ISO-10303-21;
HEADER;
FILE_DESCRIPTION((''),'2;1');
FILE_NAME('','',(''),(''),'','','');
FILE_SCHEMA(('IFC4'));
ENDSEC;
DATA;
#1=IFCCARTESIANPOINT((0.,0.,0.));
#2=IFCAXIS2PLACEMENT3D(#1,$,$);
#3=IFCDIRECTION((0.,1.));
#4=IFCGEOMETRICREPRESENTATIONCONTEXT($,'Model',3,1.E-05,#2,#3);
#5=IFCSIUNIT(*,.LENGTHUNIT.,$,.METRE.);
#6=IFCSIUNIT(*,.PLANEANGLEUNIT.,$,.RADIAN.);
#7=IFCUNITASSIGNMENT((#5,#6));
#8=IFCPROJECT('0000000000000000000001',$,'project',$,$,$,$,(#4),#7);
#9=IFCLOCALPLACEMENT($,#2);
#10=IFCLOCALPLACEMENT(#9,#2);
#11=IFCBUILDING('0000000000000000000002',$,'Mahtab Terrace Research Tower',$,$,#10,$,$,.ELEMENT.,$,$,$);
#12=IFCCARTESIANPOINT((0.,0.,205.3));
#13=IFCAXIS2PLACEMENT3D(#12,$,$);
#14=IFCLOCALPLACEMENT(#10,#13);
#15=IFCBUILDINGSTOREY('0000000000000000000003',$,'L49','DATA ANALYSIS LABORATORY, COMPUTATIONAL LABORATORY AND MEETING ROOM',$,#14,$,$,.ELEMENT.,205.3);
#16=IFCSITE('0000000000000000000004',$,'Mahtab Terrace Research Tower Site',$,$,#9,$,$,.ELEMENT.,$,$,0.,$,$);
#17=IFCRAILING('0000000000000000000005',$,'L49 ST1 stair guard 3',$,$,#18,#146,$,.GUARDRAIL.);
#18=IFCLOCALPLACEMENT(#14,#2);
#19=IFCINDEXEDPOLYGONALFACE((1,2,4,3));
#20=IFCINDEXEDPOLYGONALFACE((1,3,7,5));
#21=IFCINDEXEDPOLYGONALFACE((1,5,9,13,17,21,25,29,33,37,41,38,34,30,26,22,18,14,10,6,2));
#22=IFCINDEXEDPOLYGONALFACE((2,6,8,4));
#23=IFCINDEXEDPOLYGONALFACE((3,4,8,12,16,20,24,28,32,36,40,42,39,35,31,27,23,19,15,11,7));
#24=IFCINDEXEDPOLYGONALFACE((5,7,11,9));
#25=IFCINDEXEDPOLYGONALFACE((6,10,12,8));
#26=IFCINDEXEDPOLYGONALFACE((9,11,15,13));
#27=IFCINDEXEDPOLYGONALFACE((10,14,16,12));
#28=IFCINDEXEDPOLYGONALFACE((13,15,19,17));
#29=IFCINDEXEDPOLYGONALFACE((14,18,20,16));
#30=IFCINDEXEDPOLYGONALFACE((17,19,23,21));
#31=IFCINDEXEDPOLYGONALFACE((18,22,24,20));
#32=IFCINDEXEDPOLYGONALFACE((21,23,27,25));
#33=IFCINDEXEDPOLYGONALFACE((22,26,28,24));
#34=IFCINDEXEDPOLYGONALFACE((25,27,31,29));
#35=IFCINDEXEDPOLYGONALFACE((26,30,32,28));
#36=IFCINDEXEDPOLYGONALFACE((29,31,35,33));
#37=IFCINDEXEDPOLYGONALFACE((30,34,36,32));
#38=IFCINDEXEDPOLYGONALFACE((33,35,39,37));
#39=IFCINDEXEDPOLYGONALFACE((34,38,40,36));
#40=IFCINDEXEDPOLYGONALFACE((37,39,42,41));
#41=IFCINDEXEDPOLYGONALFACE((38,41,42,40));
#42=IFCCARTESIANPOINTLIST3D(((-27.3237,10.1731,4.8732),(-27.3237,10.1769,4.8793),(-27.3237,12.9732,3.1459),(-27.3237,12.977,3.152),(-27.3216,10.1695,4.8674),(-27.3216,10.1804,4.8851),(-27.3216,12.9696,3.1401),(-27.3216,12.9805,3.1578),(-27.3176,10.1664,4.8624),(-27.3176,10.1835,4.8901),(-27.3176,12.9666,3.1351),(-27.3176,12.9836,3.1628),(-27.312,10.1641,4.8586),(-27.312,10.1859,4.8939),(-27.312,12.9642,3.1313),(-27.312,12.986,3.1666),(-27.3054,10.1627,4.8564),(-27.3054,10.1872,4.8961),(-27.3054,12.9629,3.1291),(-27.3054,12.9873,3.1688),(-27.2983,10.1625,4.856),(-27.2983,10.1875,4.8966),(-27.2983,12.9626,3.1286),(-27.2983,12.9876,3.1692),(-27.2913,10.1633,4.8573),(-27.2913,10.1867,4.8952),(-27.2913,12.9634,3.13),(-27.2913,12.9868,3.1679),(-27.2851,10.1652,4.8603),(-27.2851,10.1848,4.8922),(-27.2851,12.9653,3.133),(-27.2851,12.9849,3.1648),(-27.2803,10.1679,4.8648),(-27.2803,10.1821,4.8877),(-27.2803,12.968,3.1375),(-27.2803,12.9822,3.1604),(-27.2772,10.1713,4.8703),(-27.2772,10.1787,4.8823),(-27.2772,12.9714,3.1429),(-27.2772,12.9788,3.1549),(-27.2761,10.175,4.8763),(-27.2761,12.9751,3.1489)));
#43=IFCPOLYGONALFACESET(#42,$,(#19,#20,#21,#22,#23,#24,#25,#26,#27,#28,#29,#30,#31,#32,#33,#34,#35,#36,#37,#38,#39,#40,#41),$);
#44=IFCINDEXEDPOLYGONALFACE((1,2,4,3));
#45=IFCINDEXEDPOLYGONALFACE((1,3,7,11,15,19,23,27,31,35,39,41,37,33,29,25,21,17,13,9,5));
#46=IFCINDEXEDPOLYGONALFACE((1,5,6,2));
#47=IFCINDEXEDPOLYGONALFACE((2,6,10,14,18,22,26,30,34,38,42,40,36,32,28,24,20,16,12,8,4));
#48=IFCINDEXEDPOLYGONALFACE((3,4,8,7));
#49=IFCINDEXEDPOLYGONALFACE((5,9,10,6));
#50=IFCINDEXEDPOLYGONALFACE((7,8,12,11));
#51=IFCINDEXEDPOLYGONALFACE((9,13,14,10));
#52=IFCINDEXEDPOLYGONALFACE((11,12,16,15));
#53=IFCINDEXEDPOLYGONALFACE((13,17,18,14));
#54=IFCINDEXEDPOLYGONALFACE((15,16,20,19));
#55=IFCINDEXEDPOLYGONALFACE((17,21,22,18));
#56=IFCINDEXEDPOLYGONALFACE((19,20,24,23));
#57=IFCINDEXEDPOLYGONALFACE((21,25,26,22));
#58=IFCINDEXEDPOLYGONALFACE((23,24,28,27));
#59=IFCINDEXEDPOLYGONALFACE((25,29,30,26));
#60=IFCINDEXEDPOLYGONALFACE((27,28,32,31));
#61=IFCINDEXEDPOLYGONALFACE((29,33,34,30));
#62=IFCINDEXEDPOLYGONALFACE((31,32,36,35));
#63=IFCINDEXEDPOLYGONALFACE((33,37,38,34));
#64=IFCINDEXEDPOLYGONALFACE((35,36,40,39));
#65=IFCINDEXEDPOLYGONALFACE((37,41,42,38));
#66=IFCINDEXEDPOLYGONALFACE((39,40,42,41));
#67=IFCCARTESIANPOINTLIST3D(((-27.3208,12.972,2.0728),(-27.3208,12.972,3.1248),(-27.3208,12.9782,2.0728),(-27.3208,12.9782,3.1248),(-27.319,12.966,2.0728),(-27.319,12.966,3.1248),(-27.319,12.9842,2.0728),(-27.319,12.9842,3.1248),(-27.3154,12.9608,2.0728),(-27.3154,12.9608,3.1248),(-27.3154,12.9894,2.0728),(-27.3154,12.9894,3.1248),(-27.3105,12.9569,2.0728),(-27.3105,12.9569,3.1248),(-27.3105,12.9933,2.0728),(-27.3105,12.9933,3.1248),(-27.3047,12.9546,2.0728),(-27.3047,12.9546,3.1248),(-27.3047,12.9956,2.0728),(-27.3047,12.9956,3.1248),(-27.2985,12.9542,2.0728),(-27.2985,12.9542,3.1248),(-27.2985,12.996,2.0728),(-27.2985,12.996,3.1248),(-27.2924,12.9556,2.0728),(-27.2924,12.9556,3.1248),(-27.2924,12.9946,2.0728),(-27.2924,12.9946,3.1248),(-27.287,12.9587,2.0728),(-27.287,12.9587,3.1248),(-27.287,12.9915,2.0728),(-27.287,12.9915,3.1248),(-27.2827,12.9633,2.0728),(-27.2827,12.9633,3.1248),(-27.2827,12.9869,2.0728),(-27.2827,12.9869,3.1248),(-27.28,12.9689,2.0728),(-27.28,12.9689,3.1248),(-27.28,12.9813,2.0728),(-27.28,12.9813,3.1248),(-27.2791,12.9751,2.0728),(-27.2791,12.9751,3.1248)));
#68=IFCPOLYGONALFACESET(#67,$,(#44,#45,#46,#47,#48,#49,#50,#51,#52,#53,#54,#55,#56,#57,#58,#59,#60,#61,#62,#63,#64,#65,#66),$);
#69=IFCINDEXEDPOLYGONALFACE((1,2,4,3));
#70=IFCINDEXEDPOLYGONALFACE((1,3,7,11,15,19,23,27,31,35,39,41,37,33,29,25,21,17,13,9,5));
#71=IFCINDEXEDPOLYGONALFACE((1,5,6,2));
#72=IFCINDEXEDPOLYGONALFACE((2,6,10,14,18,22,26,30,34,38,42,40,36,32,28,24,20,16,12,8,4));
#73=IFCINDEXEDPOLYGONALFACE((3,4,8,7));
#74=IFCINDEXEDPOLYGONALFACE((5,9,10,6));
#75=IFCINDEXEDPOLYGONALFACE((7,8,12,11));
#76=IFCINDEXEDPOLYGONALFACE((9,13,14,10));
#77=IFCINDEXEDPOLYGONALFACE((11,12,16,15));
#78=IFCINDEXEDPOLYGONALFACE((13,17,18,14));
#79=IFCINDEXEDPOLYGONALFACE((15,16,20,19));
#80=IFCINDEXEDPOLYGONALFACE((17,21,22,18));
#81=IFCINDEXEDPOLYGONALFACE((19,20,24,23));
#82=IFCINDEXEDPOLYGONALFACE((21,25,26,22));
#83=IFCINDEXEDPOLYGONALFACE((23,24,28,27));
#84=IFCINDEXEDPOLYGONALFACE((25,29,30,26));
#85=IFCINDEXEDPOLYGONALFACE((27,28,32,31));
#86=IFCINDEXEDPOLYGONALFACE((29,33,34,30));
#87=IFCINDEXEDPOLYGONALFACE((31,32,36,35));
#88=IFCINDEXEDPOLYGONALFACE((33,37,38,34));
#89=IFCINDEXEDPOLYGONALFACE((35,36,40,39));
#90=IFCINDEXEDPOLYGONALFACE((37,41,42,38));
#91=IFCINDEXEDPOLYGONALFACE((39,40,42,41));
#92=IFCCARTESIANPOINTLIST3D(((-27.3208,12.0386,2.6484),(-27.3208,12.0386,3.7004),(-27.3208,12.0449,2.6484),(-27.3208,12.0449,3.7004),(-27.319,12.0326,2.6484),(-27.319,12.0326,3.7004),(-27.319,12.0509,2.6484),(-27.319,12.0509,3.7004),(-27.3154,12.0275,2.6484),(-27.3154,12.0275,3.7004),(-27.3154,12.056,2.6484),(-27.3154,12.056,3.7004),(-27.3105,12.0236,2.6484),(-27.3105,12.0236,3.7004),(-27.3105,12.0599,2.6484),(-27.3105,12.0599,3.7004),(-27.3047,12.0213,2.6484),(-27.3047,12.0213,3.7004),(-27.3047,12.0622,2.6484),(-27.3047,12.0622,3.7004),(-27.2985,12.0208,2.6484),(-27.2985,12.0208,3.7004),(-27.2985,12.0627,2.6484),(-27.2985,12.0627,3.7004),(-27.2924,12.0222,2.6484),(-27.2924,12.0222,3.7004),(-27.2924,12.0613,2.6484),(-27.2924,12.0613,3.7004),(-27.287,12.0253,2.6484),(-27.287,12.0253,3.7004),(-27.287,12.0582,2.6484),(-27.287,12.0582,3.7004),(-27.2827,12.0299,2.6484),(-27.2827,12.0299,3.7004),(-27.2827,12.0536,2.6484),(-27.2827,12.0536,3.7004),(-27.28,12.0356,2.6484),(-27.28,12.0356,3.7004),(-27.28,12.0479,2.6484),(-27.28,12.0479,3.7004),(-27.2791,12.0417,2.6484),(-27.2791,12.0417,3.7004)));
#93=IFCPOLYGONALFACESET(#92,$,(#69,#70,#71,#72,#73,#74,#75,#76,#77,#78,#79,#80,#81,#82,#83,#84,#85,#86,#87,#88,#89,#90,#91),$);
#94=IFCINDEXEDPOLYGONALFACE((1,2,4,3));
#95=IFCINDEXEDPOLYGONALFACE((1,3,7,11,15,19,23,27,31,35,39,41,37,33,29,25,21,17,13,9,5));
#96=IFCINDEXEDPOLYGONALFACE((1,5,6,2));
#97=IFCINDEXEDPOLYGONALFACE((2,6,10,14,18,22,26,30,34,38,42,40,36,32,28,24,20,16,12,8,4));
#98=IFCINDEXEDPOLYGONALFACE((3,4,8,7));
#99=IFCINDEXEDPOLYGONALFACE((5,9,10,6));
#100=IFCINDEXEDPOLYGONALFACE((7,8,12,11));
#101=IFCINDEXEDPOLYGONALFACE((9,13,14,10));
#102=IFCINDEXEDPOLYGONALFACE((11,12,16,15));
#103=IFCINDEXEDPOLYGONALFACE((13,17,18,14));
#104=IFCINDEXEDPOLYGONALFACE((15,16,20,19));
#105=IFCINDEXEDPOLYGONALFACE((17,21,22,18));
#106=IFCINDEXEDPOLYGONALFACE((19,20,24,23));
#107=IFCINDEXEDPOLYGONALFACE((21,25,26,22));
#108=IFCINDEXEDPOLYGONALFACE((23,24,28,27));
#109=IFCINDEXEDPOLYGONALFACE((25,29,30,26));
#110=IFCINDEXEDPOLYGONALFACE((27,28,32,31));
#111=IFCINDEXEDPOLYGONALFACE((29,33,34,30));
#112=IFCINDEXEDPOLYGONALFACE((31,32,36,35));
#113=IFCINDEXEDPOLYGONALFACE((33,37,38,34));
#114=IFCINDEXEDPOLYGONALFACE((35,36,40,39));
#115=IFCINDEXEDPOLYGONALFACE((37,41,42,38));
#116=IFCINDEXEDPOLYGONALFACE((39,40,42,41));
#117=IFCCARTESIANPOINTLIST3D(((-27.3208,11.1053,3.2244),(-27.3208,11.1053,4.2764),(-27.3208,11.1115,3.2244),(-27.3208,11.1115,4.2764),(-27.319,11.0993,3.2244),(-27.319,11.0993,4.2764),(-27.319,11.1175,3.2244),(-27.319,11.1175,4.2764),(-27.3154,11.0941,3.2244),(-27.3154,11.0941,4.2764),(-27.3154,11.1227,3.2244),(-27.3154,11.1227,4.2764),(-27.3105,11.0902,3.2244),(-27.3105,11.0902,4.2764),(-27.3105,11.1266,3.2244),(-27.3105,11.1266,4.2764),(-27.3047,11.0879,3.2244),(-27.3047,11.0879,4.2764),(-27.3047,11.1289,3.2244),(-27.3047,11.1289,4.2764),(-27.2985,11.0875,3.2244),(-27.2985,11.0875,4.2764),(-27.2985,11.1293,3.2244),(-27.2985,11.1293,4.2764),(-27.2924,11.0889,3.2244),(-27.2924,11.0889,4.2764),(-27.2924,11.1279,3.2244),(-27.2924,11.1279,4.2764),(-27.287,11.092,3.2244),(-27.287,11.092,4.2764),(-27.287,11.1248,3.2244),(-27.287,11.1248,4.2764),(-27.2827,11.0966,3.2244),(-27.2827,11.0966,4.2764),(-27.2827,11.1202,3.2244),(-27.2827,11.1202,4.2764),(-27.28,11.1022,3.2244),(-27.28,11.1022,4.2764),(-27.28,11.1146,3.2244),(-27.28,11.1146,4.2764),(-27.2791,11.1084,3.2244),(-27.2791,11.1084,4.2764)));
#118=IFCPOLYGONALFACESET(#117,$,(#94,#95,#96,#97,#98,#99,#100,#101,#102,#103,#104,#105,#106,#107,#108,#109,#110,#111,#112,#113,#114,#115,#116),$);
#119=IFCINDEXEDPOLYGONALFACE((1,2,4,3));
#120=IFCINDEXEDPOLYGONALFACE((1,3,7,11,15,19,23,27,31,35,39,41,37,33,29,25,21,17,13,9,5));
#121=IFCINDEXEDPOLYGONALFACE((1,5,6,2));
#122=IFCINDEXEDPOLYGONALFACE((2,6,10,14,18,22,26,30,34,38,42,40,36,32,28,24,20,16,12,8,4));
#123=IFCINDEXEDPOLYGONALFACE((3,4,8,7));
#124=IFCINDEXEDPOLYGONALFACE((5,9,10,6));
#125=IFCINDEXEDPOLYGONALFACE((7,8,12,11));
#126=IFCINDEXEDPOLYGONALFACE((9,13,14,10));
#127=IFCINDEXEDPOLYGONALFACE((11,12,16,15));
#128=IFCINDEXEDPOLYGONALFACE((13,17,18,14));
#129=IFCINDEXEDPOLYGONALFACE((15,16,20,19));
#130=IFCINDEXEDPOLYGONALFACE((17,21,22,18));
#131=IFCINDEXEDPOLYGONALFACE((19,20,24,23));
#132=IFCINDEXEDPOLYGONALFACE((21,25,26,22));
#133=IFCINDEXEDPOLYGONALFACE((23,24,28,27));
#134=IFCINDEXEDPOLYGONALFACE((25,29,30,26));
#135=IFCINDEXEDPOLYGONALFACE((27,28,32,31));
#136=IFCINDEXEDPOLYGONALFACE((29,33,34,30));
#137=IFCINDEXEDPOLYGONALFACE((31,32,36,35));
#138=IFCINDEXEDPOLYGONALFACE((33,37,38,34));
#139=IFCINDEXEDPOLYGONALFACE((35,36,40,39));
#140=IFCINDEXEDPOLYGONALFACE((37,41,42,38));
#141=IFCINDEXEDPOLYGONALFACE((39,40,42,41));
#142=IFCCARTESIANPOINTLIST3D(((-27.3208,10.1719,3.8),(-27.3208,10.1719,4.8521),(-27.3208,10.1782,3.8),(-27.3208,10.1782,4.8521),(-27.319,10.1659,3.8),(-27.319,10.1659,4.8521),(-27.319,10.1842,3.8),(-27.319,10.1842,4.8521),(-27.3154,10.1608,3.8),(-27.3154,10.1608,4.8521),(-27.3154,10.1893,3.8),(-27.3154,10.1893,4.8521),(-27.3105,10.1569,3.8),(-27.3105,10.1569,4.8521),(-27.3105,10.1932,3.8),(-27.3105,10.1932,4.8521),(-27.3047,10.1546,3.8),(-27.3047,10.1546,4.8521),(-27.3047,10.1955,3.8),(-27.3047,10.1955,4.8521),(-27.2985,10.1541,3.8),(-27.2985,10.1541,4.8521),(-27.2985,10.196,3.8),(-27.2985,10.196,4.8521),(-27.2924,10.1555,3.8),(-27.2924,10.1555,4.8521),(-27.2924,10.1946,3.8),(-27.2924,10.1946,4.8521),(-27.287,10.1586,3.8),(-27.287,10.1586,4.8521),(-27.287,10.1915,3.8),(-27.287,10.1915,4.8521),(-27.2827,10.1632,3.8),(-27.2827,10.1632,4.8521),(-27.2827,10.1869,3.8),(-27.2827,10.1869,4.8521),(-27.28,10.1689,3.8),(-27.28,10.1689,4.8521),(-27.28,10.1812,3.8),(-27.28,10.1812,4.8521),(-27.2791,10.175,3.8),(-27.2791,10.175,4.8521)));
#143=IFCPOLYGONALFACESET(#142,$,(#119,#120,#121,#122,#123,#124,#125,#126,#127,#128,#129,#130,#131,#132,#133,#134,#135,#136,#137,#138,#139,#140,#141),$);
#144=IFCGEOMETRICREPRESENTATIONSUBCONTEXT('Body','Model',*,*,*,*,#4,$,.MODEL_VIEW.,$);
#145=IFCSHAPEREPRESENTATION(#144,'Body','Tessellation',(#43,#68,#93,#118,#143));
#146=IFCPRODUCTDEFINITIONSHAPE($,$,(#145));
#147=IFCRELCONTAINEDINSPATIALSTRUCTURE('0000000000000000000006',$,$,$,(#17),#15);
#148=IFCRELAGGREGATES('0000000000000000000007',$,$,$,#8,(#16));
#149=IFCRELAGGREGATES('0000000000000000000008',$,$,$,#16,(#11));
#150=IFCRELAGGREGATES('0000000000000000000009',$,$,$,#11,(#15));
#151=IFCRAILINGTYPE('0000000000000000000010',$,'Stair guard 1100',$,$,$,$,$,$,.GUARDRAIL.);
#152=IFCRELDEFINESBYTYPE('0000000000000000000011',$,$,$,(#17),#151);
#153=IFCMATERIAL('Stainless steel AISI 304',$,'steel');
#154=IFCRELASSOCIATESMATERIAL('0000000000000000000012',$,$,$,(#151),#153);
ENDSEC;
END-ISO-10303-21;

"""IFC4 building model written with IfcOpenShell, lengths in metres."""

from ifc_helpers import new_model, si_unit, direction, frame, origin, origin_2d, place, context, subcontext, project, spatial, circle, extrude, material, type_object, element, save


model = new_model("IFC4")

# Units and contexts
model_context = context("Model", 3, precision=1e-05, world=origin(), true_north=direction((0.0, 1.0)))
body_context = subcontext(model_context, "Body", "Model", "MODEL_VIEW")
ifc_project = project(units=[si_unit("LENGTHUNIT", "METRE"), si_unit("PLANEANGLEUNIT", "RADIAN")], contexts=[model_context])

# Site, building, storey
site_placement = place(None, origin())
site = spatial("IfcSite", under=ifc_project, at=site_placement, Name="Mahtab Terrace Research Tower Site", CompositionType="ELEMENT", RefElevation=0.0)
building_placement = place(site_placement, origin())
building = spatial("IfcBuilding", under=site, at=building_placement, Name="Mahtab Terrace Research Tower", CompositionType="ELEMENT")
storey_placement = place(building_placement, frame((0.0, 0.0, 205.3)))
storey = spatial("IfcBuildingStorey", under=building, at=storey_placement, Name="L49", Description="DATA ANALYSIS LABORATORY, COMPUTATIONAL LABORATORY AND MEETING ROOM", CompositionType="ELEMENT", Elevation=205.3)

# Railing
ifc_material_1 = material(Name="Stainless steel AISI 304", Category="steel")
railing_type_1 = type_object("IfcRailingType", Name="Stair guard 1100", PredefinedType="GUARDRAIL", material=ifc_material_1)
railing_1_placement = place(storey_placement, frame((-27.3, 12.9751, 2.0728)))
element("IfcRailing", 1, at=railing_1_placement, inside=storey, type_object=railing_type_1, Name="L49 ST1 stair guard 3", PredefinedType="GUARDRAIL", context=body_context, shape_type="SweptSolid", body=[
    extrude(circle(Radius=0.0239, at=origin_2d()), frame((0.0, 0.0, 1.0762), z_axis=(0.0, -0.85109, 0.52502), x_axis=(1.0, 0.0, 0.0)), (0.0, 0.0, 1.0), 3.29),
    extrude(circle(Radius=0.021, at=origin_2d()), origin(), (0.0, 0.0, 1.0), 1.052),
    extrude(circle(Radius=0.021, at=origin_2d()), frame((0.0, -0.9333, 0.5757)), (0.0, 0.0, 1.0), 1.052),
    extrude(circle(Radius=0.021, at=origin_2d()), frame((0.0, -1.8667, 1.1516)), (0.0, 0.0, 1.0), 1.052),
    extrude(circle(Radius=0.021, at=origin_2d()), frame((0.0, -2.8, 1.7273)), (0.0, 0.0, 1.0), 1.052),
])

save(model, "model.ifc")
